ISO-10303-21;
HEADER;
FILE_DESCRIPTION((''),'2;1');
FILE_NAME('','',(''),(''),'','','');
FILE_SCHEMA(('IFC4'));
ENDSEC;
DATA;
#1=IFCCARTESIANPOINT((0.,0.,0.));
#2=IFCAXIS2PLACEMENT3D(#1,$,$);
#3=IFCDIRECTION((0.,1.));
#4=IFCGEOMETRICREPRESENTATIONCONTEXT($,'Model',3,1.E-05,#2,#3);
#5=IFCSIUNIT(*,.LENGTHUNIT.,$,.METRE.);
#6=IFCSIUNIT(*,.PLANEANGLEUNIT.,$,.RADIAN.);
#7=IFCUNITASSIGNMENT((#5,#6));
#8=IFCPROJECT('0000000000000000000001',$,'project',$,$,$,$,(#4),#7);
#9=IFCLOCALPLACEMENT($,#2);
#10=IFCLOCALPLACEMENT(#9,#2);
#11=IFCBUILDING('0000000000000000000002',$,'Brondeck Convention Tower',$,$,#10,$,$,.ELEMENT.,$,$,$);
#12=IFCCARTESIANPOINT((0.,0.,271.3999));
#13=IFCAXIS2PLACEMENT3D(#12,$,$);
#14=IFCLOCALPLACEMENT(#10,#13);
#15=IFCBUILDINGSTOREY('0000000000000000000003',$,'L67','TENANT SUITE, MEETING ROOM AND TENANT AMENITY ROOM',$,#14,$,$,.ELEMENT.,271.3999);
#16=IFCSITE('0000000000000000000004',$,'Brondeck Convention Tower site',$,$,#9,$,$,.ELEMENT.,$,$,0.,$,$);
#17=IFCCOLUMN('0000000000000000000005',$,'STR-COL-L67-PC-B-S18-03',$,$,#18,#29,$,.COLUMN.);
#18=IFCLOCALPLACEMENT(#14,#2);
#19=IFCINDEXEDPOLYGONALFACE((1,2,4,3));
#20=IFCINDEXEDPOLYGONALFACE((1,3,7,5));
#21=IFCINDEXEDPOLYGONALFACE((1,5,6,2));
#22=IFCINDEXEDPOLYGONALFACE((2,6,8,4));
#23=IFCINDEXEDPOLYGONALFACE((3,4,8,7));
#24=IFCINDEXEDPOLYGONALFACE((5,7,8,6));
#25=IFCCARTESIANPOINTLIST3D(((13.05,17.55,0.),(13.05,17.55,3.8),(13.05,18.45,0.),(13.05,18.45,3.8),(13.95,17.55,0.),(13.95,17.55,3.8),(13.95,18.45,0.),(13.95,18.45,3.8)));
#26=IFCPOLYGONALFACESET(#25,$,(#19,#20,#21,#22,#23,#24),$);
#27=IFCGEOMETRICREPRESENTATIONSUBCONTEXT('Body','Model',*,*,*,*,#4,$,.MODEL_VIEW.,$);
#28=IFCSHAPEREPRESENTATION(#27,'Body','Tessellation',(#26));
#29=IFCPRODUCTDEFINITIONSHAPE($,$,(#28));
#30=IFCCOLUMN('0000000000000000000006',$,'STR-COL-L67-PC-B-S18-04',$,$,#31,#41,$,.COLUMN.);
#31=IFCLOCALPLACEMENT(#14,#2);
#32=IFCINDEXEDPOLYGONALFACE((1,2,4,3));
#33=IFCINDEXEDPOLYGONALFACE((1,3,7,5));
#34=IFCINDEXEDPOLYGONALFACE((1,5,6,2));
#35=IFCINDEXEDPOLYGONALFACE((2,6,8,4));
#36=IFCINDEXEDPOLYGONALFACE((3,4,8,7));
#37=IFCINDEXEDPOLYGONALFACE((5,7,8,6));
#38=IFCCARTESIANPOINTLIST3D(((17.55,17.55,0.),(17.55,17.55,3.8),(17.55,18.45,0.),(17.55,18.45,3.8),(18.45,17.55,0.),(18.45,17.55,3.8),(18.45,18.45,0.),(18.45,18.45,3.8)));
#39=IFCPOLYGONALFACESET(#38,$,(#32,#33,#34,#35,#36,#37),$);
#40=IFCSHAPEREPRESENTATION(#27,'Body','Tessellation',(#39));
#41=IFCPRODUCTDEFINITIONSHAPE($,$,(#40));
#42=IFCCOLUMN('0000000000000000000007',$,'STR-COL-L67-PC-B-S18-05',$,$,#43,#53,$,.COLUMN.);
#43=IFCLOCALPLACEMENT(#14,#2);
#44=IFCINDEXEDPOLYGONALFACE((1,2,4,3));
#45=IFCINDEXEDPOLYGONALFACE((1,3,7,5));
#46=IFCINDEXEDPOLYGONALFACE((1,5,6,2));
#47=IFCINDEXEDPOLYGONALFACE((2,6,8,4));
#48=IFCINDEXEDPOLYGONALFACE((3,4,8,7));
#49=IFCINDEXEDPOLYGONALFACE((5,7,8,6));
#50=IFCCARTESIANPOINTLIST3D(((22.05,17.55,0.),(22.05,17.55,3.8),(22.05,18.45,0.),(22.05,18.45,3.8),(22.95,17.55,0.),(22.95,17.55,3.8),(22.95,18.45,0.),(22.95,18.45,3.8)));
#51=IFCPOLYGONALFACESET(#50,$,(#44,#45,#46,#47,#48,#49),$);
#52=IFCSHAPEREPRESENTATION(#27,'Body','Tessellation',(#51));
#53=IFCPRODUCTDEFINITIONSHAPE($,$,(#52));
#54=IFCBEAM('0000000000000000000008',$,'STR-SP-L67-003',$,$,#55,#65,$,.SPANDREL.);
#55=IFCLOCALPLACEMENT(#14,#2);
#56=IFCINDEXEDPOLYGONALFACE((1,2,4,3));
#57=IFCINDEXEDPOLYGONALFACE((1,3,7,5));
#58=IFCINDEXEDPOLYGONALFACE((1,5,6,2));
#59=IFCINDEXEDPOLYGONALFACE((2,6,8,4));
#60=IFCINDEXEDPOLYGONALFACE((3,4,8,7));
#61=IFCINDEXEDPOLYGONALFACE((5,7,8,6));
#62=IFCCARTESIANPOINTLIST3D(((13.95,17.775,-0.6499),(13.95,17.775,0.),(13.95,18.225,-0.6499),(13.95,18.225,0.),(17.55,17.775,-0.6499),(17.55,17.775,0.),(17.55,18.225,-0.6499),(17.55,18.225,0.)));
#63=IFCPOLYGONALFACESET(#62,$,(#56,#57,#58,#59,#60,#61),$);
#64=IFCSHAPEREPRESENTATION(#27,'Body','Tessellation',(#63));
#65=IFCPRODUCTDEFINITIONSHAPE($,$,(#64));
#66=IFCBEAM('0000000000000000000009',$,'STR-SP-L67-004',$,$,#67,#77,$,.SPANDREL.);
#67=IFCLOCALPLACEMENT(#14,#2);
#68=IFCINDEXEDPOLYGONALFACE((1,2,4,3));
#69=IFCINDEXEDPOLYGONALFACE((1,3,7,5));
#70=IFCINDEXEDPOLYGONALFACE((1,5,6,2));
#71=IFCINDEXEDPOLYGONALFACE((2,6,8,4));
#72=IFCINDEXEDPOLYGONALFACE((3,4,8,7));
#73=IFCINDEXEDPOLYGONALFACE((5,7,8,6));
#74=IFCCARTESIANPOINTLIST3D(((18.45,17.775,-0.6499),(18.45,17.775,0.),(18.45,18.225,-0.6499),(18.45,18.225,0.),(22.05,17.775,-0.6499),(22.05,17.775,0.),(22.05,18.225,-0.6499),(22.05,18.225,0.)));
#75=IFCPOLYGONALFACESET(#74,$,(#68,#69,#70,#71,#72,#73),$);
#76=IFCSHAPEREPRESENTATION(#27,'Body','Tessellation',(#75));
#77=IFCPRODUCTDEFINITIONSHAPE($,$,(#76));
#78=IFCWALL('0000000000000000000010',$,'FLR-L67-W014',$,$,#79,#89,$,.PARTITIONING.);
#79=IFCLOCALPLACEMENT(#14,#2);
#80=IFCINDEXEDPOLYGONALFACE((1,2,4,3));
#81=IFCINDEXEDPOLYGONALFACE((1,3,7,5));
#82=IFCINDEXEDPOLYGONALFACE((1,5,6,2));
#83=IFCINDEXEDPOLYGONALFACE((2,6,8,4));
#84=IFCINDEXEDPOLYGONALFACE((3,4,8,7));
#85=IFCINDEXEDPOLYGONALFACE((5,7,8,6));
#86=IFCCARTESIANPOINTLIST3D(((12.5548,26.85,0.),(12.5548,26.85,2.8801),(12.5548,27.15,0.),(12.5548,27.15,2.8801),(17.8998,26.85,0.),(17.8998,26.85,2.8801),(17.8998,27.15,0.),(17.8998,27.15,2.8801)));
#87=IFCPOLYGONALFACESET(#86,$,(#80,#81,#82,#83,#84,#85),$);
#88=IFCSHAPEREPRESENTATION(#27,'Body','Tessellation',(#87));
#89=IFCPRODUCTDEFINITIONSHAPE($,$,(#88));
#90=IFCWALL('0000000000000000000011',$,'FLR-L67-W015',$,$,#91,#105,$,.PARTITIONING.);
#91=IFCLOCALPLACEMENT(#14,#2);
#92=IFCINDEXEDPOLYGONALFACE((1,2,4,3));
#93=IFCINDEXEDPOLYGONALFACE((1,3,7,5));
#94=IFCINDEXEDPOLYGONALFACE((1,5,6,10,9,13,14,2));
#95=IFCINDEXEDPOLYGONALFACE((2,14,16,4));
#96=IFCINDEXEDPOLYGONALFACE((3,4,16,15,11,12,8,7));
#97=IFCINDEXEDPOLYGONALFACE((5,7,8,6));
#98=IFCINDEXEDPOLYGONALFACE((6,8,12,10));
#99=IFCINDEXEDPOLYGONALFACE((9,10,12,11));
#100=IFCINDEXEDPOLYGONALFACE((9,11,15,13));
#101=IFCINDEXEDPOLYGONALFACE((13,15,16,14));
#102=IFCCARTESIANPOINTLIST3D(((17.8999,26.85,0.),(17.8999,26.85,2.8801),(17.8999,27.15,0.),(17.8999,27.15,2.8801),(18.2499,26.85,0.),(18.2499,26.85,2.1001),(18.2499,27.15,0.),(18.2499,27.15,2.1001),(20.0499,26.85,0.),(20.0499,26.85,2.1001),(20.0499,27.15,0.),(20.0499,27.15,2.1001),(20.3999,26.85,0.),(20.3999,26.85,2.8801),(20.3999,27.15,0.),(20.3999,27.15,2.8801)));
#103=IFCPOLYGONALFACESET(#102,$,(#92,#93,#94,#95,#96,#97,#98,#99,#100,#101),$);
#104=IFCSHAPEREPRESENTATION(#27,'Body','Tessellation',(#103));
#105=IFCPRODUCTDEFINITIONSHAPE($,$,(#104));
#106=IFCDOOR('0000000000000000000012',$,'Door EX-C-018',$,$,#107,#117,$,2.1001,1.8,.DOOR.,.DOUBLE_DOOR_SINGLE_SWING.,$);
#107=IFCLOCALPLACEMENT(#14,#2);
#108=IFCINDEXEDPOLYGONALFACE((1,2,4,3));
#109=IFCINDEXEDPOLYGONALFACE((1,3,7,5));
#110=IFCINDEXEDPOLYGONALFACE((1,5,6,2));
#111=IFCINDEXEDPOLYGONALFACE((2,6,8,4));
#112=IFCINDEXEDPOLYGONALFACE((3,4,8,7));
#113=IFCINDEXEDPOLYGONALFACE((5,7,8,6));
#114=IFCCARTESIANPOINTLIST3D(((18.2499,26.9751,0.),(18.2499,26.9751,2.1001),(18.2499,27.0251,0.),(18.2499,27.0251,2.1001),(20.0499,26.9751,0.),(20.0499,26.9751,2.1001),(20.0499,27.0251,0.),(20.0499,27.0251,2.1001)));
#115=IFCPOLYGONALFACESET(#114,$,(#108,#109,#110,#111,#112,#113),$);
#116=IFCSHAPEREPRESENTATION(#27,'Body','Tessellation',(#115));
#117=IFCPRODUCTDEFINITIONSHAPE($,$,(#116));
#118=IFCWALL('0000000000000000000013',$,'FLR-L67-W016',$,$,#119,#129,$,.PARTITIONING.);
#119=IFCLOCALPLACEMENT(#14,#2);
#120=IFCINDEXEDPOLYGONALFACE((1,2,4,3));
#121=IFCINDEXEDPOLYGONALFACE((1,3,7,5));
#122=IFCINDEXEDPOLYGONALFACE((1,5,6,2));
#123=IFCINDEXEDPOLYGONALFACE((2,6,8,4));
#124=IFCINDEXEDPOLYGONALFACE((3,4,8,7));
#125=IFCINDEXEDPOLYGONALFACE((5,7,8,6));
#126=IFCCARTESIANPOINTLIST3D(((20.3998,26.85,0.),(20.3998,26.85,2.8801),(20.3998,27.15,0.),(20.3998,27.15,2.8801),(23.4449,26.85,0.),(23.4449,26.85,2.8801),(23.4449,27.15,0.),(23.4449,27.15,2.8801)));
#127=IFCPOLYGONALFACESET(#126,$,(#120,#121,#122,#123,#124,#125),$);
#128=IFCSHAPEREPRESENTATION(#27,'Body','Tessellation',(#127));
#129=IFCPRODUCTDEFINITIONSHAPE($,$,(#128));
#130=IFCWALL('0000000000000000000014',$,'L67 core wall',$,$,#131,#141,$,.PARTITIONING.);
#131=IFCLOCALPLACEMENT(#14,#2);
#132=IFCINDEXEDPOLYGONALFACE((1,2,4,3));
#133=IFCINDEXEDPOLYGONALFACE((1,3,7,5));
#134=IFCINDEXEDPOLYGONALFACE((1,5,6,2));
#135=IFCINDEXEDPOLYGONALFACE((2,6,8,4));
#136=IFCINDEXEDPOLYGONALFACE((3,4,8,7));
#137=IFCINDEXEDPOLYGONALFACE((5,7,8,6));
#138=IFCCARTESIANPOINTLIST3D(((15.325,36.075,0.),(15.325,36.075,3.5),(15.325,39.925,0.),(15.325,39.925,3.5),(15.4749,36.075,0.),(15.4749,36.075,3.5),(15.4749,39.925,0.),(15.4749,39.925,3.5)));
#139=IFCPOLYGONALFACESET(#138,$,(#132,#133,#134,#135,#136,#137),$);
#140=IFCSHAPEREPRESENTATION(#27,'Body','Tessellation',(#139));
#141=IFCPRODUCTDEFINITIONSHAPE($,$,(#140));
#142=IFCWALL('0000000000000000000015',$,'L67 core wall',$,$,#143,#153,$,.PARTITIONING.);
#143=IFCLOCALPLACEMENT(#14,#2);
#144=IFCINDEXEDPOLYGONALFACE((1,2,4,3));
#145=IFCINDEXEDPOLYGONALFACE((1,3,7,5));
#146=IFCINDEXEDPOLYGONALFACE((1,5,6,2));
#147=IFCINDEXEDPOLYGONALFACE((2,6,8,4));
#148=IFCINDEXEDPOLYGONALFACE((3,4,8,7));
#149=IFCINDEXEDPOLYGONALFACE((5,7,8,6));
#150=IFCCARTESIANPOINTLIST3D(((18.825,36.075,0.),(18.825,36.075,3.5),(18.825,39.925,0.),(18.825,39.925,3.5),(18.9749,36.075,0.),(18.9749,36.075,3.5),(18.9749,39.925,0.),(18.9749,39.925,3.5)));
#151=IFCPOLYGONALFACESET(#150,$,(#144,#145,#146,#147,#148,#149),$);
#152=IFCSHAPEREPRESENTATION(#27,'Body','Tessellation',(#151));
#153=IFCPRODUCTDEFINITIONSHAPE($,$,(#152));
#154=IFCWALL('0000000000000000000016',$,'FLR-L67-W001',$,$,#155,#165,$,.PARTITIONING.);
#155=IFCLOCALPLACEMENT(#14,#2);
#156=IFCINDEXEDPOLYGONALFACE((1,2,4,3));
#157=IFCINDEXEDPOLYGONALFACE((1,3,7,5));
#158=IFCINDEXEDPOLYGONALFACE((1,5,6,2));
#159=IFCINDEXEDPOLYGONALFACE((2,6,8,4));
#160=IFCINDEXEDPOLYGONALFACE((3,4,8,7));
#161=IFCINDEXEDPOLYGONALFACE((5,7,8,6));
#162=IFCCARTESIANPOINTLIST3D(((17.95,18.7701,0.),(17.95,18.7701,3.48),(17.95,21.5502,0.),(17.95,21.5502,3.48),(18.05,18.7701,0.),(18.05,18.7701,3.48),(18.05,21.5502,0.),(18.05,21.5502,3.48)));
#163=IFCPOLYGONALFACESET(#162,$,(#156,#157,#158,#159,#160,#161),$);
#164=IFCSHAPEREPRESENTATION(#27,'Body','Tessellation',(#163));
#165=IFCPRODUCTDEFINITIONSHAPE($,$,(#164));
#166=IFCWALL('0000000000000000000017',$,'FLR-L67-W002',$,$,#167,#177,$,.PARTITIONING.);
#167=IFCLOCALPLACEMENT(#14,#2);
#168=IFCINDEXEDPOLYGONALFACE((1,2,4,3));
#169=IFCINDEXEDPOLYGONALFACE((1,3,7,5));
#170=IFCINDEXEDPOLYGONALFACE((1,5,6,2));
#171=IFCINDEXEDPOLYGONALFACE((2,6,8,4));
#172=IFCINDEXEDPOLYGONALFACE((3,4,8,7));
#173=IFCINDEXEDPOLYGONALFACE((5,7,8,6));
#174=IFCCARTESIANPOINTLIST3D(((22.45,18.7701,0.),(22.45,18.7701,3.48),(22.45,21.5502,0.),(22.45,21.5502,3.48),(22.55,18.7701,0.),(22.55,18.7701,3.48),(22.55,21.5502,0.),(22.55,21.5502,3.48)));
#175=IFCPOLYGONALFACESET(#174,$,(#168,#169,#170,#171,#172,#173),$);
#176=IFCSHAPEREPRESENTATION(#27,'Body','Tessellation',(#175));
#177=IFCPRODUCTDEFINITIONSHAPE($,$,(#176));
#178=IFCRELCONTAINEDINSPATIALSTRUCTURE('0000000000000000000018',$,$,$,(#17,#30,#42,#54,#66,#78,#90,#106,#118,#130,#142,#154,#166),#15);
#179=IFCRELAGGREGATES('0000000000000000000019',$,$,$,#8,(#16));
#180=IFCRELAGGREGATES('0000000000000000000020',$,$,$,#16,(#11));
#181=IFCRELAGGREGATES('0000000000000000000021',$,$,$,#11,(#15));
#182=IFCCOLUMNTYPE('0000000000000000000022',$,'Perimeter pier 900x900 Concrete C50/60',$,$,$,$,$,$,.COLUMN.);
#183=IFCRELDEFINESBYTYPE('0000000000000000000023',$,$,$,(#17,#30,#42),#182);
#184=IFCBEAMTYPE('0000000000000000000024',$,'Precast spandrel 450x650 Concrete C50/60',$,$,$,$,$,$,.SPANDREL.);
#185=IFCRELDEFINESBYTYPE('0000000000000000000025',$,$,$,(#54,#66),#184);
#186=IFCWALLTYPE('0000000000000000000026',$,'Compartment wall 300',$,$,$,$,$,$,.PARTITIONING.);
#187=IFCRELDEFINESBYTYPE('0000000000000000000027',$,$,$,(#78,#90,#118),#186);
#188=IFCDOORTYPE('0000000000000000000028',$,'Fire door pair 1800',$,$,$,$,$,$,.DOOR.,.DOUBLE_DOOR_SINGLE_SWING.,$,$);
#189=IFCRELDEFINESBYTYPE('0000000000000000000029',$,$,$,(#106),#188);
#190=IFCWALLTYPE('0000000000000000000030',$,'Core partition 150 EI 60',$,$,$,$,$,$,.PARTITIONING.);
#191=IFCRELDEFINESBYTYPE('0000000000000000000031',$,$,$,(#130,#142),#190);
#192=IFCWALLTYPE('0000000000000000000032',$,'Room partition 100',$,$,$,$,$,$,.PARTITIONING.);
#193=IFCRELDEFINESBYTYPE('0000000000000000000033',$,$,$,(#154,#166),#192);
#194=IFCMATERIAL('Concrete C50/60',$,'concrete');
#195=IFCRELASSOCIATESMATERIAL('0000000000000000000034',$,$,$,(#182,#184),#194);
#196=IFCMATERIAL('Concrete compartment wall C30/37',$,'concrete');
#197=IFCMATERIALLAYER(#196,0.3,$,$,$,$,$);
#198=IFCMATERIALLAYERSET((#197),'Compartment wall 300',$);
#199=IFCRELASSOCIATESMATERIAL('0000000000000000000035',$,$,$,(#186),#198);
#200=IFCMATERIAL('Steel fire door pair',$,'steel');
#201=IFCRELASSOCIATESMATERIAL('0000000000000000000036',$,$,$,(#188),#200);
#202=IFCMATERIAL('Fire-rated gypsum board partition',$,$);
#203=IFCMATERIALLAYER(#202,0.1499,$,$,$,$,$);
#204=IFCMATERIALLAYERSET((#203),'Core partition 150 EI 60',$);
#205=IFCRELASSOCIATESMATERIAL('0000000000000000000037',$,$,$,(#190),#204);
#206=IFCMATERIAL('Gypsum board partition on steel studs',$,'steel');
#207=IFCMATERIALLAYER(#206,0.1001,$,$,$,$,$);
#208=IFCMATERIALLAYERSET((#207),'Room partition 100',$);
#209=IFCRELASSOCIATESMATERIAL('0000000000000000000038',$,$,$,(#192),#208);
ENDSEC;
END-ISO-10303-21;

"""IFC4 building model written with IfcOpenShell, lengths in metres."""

from ifc_helpers import new_model, si_unit, direction, frame, frame_2d, origin, origin_2d, place, context, subcontext, project, spatial, rectangle, extrude, material, layer, layer_set, material_profile, profile_set, type_object, element, fill, save


model = new_model("IFC4")

# Units and contexts
model_context = context("Model", 3, precision=1e-05, world=origin(), true_north=direction((0.0, 1.0)))
body_context = subcontext(model_context, "Body", "Model", "MODEL_VIEW")
ifc_project = project(units=[si_unit("LENGTHUNIT", "METRE"), si_unit("PLANEANGLEUNIT", "RADIAN")], contexts=[model_context])

# Site, building, storey
site_placement = place(None, origin())
site = spatial("IfcSite", under=ifc_project, at=site_placement, Name="Brondeck Convention Tower site", CompositionType="ELEMENT", RefElevation=0.0)
building_placement = place(site_placement, origin())
building = spatial("IfcBuilding", under=site, at=building_placement, Name="Brondeck Convention Tower", CompositionType="ELEMENT")
storey_placement = place(building_placement, frame((0.0, 0.0, 271.3999)))
storey = spatial("IfcBuildingStorey", under=building, at=storey_placement, Name="L67", Description="TENANT SUITE, MEETING ROOM AND TENANT AMENITY ROOM", CompositionType="ELEMENT", Elevation=271.3999)

# Columns
ifc_material_1 = material(Name="Concrete C50/60", Category="concrete")
ifc_material_profile_1 = material_profile(ifc_material_1, rectangle(XDim=0.8999, YDim=0.8999, at=origin_2d()), Name="Perimeter pier 900x900 Concrete C50/60")
ifc_profile_set_1 = profile_set([ifc_material_profile_1], Name="Concrete C50/60")
column_type = type_object("IfcColumnType", Name="Perimeter pier 900x900 Concrete C50/60", PredefinedType="COLUMN", material=ifc_profile_set_1)
for number, where, z_axis, x_axis, name in (
    (1, (13.5, 18.0, 0.0), (0.0, 0.0, 1.0), (1.0, 0.0, 0.0), "STR-COL-L67-PC-B-S18-03"),
    (2, (18.0, 18.0, 0.0), (0.0, 0.0, 1.0), (1.0, 0.0, 0.0), "STR-COL-L67-PC-B-S18-04"),
    (3, (22.5, 18.0, 0.0), (0.0, 0.0, 1.0), (1.0, 0.0, 0.0), "STR-COL-L67-PC-B-S18-05"),
):
    element("IfcColumn", number, at=place(storey_placement, frame(where, z_axis=z_axis, x_axis=x_axis)), inside=storey, type_object=column_type, Name=name, PredefinedType="COLUMN", context=body_context, shape_type="SweptSolid", body=[
        extrude(rectangle(XDim=0.8999, YDim=0.8999, at=origin_2d()), origin(), (0.0, 0.0, 1.0), 3.8),
    ])

# Beams
ifc_material_profile_2 = material_profile(ifc_material_1, rectangle(XDim=0.45, YDim=0.6499, at=origin_2d()), Name="Precast spandrel 450x650 Concrete C50/60")
ifc_profile_set_2 = profile_set([ifc_material_profile_2], Name="Concrete C50/60")
beam_type = type_object("IfcBeamType", Name="Precast spandrel 450x650 Concrete C50/60", PredefinedType="SPANDREL", material=ifc_profile_set_2)
for number, where, z_axis, x_axis, name in (
    (4, (13.95, 18.0, -0.325), (1.0, 0.0, 0.0), (0.0, 1.0, 0.0), "STR-SP-L67-003"),
    (5, (18.45, 18.0, -0.325), (1.0, 0.0, 0.0), (0.0, 1.0, 0.0), "STR-SP-L67-004"),
):
    element("IfcBeam", number, at=place(storey_placement, frame(where, z_axis=z_axis, x_axis=x_axis)), inside=storey, type_object=beam_type, Name=name, PredefinedType="SPANDREL", context=body_context, shape_type="SweptSolid", body=[
        extrude(rectangle(XDim=0.45, YDim=0.6499, at=origin_2d()), origin(), (0.0, 0.0, 1.0), 3.6001),
    ])

# Wall
ifc_material_2 = material(Name="Concrete compartment wall C30/37", Category="concrete")
ifc_layer_1 = layer(ifc_material_2, 0.3)
ifc_layer_set_1 = layer_set([ifc_layer_1], Name="Compartment wall 300")
wall_type_1 = type_object("IfcWallType", Name="Compartment wall 300", PredefinedType="PARTITIONING", material=ifc_layer_set_1)
wall_1_placement = place(storey_placement, frame((12.5549, 27.0, 0.0), z_axis=(0.0, 0.0, 1.0), x_axis=(1.0, 0.0, 0.0)))
element("IfcWall", 6, at=wall_1_placement, inside=storey, type_object=wall_type_1, Name="FLR-L67-W014", PredefinedType="PARTITIONING", context=body_context, shape_type="SweptSolid", body=[
    extrude(rectangle(XDim=5.345, YDim=0.3, at=frame_2d((2.6724, 0.0))), origin(), (0.0, 0.0, 1.0), 2.8801),
])

# Wall, opening, door
wall_2_placement = place(storey_placement, frame((20.3999, 27.0, 0.0), z_axis=(0.0, 0.0, 1.0), x_axis=(-1.0, 0.0, 0.0)))
wall_2 = element("IfcWall", 7, at=wall_2_placement, inside=storey, type_object=wall_type_1, Name="FLR-L67-W015", PredefinedType="PARTITIONING", context=body_context, shape_type="SweptSolid", body=[
    extrude(rectangle(XDim=2.5, YDim=0.3, at=frame_2d((1.25, 0.0))), origin(), (0.0, 0.0, 1.0), 2.8801),
])
opening_1_placement = place(wall_2_placement, frame((0.3501, 0.0, 0.0)))
opening_1 = element("IfcOpeningElement", 8, at=opening_1_placement, cuts=wall_2, PredefinedType="OPENING", context=body_context, shape_type="SweptSolid", body=[
    extrude(rectangle(XDim=1.8, YDim=2.1001, at=frame_2d((0.8999, 1.05))), frame((0.0, 0.1599, 0.0), z_axis=(0.0, -1.0, 0.0), x_axis=(1.0, 0.0, 0.0)), (0.0, 0.0, 1.0), 0.3201),
])
ifc_material_3 = material(Name="Steel fire door pair", Category="steel")
door_type_1 = type_object("IfcDoorType", Name="Fire door pair 1800", OperationType="DOUBLE_DOOR_SINGLE_SWING", PredefinedType="DOOR", material=ifc_material_3)
door_1_placement = place(opening_1_placement, origin())
door_1 = element("IfcDoor", 9, at=door_1_placement, inside=storey, type_object=door_type_1, Name="Door EX-C-018", OperationType="DOUBLE_DOOR_SINGLE_SWING", OverallHeight=2.1001, OverallWidth=1.8, PredefinedType="DOOR", context=body_context, shape_type="SweptSolid", body=[
    extrude(rectangle(XDim=1.8, YDim=2.1001, at=frame_2d((0.8999, 1.05))), frame((0.0, 0.0249, 0.0), z_axis=(0.0, -1.0, 0.0), x_axis=(1.0, 0.0, 0.0)), (0.0, 0.0, 1.0), 0.05),
])
fill(opening_1, door_1)

# Walls
wall_3_placement = place(storey_placement, frame((20.3999, 27.0, 0.0), z_axis=(0.0, 0.0, 1.0), x_axis=(1.0, 0.0, 0.0)))
element("IfcWall", 10, at=wall_3_placement, inside=storey, type_object=wall_type_1, Name="FLR-L67-W016", PredefinedType="PARTITIONING", context=body_context, shape_type="SweptSolid", body=[
    extrude(rectangle(XDim=3.0452, YDim=0.3, at=frame_2d((1.5225, 0.0))), origin(), (0.0, 0.0, 1.0), 2.8801),
])
ifc_material_4 = material(Name="Fire-rated gypsum board partition")
ifc_layer_2 = layer(ifc_material_4, 0.1499)
ifc_layer_set_2 = layer_set([ifc_layer_2], Name="Core partition 150 EI 60")
wall_type_2 = type_object("IfcWallType", Name="Core partition 150 EI 60", PredefinedType="PARTITIONING", material=ifc_layer_set_2)
for number, where, z_axis, x_axis, name in (
    (11, (15.3999, 36.075, 0.0), (0.0, 0.0, 1.0), (0.0, 1.0, 0.0), "L67 core wall"),
    (12, (18.8999, 36.075, 0.0), (0.0, 0.0, 1.0), (0.0, 1.0, 0.0), "L67 core wall"),
):
    element("IfcWall", number, at=place(storey_placement, frame(where, z_axis=z_axis, x_axis=x_axis)), inside=storey, type_object=wall_type_2, Name=name, PredefinedType="PARTITIONING", context=body_context, shape_type="SweptSolid", body=[
        extrude(rectangle(XDim=3.8501, YDim=0.1499, at=frame_2d((1.925, 0.0))), origin(), (0.0, 0.0, 1.0), 3.5),
    ])
ifc_material_5 = material(Name="Gypsum board partition on steel studs", Category="steel")
ifc_layer_3 = layer(ifc_material_5, 0.1001)
ifc_layer_set_3 = layer_set([ifc_layer_3], Name="Room partition 100")
wall_type_3 = type_object("IfcWallType", Name="Room partition 100", PredefinedType="PARTITIONING", material=ifc_layer_set_3)
for number, where, z_axis, x_axis, name in (
    (13, (18.0, 18.77, 0.0), (0.0, 0.0, 1.0), (0.0, 1.0, 0.0), "FLR-L67-W001"),
    (14, (22.5, 18.77, 0.0), (0.0, 0.0, 1.0), (0.0, 1.0, 0.0), "FLR-L67-W002"),
):
    element("IfcWall", number, at=place(storey_placement, frame(where, z_axis=z_axis, x_axis=x_axis)), inside=storey, type_object=wall_type_3, Name=name, PredefinedType="PARTITIONING", context=body_context, shape_type="SweptSolid", body=[
        extrude(rectangle(XDim=2.78, YDim=0.1001, at=frame_2d((1.3901, 0.0))), origin(), (0.0, 0.0, 1.0), 3.48),
    ])

save(model, "model.ifc")
